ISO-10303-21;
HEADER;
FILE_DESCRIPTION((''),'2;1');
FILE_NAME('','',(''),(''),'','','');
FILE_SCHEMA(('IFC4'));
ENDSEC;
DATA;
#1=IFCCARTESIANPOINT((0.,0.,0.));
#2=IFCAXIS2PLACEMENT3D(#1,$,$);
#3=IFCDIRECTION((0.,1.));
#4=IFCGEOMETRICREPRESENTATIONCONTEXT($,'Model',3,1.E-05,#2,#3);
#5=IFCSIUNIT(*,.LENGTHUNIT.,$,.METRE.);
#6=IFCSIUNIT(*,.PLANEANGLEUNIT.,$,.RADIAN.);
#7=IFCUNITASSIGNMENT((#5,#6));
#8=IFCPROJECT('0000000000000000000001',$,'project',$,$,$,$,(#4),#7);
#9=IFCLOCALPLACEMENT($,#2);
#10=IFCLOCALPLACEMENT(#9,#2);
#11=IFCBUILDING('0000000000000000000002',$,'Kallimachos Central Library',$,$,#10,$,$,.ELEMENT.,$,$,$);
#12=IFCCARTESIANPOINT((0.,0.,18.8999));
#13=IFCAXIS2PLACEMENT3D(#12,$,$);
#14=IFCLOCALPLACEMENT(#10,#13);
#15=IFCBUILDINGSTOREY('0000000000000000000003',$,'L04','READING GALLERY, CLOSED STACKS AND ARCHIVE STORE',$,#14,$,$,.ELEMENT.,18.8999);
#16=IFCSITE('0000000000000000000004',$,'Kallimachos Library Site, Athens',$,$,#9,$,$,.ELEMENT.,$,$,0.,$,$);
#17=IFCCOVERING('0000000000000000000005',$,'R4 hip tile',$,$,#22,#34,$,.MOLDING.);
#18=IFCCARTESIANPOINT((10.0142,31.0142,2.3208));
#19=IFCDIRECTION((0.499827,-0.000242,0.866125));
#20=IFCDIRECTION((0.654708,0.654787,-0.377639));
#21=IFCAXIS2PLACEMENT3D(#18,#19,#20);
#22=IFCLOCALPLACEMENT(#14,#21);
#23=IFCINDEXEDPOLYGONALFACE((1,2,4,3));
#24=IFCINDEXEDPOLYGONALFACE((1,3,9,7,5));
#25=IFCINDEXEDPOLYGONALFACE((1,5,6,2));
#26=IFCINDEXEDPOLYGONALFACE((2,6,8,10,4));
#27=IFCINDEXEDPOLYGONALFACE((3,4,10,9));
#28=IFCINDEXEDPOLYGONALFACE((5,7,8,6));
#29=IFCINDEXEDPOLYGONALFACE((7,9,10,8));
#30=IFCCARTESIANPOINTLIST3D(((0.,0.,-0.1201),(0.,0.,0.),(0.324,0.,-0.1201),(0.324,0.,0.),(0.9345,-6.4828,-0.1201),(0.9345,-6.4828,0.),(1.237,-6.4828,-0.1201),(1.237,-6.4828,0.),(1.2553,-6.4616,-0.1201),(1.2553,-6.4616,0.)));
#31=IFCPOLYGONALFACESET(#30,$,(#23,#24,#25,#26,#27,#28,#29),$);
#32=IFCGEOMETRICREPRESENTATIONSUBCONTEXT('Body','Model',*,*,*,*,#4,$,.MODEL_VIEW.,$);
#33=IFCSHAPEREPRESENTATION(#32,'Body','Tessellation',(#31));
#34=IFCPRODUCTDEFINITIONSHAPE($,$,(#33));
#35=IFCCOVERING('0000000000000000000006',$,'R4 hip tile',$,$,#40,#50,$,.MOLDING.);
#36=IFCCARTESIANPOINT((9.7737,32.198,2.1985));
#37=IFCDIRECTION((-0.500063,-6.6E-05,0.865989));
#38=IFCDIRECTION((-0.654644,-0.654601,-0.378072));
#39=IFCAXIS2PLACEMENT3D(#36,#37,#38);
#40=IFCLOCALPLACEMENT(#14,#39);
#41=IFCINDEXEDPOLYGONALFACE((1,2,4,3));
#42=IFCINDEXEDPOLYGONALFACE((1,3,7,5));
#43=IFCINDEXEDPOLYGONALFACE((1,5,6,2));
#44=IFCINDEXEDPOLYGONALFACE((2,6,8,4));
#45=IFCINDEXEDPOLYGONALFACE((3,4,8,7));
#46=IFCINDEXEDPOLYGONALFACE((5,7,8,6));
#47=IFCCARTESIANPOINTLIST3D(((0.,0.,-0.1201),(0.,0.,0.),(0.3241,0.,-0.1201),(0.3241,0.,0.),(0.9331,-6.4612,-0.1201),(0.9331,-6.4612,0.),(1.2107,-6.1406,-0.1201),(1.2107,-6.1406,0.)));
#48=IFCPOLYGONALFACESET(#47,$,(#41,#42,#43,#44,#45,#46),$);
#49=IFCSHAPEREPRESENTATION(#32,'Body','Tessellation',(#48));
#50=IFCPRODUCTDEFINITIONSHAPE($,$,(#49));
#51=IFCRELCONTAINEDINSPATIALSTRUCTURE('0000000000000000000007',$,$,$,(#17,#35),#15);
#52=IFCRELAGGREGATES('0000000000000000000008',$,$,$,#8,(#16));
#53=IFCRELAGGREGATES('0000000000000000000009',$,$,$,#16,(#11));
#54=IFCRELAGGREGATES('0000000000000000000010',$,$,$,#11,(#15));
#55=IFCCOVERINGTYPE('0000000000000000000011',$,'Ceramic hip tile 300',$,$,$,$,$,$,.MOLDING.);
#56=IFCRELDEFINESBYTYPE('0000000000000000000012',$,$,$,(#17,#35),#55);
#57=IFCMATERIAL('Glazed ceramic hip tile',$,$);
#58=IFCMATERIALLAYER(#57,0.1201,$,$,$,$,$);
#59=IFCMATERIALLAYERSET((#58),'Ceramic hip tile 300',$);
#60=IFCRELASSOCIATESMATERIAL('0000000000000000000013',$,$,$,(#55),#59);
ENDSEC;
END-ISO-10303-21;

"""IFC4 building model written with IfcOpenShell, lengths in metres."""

from ifc_helpers import new_model, si_unit, direction, frame, origin, place, context, subcontext, project, spatial, polyline, outline, extrude, material, layer, layer_set, type_object, element, save


model = new_model("IFC4")

# Units and contexts
model_context = context("Model", 3, precision=1e-05, world=origin(), true_north=direction((0.0, 1.0)))
body_context = subcontext(model_context, "Body", "Model", "MODEL_VIEW")
ifc_project = project(units=[si_unit("LENGTHUNIT", "METRE"), si_unit("PLANEANGLEUNIT", "RADIAN")], contexts=[model_context])

# Site, building, storey
site_placement = place(None, origin())
site = spatial("IfcSite", under=ifc_project, at=site_placement, Name="Kallimachos Library Site, Athens", CompositionType="ELEMENT", RefElevation=0.0)
building_placement = place(site_placement, origin())
building = spatial("IfcBuilding", under=site, at=building_placement, Name="Kallimachos Central Library", CompositionType="ELEMENT")
storey_placement = place(building_placement, frame((0.0, 0.0, 18.8999)))
storey = spatial("IfcBuildingStorey", under=building, at=storey_placement, Name="L04", Description="READING GALLERY, CLOSED STACKS AND ARCHIVE STORE", CompositionType="ELEMENT", Elevation=18.8999)

# Coverings
ifc_material_1 = material(Name="Glazed ceramic hip tile")
ifc_layer_1 = layer(ifc_material_1, 0.1201)
ifc_layer_set_1 = layer_set([ifc_layer_1], Name="Ceramic hip tile 300")
covering_type_1 = type_object("IfcCoveringType", Name="Ceramic hip tile 300", PredefinedType="MOLDING", material=ifc_layer_set_1)
covering_1_placement = place(storey_placement, frame((10.0142, 31.0142, 2.3208), z_axis=(0.499827, -0.000242, 0.866125), x_axis=(0.654708, 0.654787, -0.377639)))
element("IfcCovering", 1, at=covering_1_placement, inside=storey, type_object=covering_type_1, Name="R4 hip tile", PredefinedType="MOLDING", context=body_context, shape_type="SweptSolid", body=[
    extrude(outline(polyline([(0.0, 0.0), (0.324, 0.0), (1.2553, -6.4616), (1.237, -6.4828), (0.9345, -6.4828), (0.0, 0.0)])), origin(), (0.0, 0.0, -1.0), 0.1201),
])
covering_2_placement = place(storey_placement, frame((9.7737, 32.198, 2.1985), z_axis=(-0.500063, -0.000066, 0.865989), x_axis=(-0.654644, -0.654601, -0.378072)))
element("IfcCovering", 2, at=covering_2_placement, inside=storey, type_object=covering_type_1, Name="R4 hip tile", PredefinedType="MOLDING", context=body_context, shape_type="SweptSolid", body=[
    extrude(outline(polyline([(0.0, 0.0), (0.3241, 0.0), (1.2107, -6.1406), (0.9331, -6.4612), (0.0, 0.0)])), origin(), (0.0, 0.0, -1.0), 0.1201),
])

save(model, "model.ifc")
